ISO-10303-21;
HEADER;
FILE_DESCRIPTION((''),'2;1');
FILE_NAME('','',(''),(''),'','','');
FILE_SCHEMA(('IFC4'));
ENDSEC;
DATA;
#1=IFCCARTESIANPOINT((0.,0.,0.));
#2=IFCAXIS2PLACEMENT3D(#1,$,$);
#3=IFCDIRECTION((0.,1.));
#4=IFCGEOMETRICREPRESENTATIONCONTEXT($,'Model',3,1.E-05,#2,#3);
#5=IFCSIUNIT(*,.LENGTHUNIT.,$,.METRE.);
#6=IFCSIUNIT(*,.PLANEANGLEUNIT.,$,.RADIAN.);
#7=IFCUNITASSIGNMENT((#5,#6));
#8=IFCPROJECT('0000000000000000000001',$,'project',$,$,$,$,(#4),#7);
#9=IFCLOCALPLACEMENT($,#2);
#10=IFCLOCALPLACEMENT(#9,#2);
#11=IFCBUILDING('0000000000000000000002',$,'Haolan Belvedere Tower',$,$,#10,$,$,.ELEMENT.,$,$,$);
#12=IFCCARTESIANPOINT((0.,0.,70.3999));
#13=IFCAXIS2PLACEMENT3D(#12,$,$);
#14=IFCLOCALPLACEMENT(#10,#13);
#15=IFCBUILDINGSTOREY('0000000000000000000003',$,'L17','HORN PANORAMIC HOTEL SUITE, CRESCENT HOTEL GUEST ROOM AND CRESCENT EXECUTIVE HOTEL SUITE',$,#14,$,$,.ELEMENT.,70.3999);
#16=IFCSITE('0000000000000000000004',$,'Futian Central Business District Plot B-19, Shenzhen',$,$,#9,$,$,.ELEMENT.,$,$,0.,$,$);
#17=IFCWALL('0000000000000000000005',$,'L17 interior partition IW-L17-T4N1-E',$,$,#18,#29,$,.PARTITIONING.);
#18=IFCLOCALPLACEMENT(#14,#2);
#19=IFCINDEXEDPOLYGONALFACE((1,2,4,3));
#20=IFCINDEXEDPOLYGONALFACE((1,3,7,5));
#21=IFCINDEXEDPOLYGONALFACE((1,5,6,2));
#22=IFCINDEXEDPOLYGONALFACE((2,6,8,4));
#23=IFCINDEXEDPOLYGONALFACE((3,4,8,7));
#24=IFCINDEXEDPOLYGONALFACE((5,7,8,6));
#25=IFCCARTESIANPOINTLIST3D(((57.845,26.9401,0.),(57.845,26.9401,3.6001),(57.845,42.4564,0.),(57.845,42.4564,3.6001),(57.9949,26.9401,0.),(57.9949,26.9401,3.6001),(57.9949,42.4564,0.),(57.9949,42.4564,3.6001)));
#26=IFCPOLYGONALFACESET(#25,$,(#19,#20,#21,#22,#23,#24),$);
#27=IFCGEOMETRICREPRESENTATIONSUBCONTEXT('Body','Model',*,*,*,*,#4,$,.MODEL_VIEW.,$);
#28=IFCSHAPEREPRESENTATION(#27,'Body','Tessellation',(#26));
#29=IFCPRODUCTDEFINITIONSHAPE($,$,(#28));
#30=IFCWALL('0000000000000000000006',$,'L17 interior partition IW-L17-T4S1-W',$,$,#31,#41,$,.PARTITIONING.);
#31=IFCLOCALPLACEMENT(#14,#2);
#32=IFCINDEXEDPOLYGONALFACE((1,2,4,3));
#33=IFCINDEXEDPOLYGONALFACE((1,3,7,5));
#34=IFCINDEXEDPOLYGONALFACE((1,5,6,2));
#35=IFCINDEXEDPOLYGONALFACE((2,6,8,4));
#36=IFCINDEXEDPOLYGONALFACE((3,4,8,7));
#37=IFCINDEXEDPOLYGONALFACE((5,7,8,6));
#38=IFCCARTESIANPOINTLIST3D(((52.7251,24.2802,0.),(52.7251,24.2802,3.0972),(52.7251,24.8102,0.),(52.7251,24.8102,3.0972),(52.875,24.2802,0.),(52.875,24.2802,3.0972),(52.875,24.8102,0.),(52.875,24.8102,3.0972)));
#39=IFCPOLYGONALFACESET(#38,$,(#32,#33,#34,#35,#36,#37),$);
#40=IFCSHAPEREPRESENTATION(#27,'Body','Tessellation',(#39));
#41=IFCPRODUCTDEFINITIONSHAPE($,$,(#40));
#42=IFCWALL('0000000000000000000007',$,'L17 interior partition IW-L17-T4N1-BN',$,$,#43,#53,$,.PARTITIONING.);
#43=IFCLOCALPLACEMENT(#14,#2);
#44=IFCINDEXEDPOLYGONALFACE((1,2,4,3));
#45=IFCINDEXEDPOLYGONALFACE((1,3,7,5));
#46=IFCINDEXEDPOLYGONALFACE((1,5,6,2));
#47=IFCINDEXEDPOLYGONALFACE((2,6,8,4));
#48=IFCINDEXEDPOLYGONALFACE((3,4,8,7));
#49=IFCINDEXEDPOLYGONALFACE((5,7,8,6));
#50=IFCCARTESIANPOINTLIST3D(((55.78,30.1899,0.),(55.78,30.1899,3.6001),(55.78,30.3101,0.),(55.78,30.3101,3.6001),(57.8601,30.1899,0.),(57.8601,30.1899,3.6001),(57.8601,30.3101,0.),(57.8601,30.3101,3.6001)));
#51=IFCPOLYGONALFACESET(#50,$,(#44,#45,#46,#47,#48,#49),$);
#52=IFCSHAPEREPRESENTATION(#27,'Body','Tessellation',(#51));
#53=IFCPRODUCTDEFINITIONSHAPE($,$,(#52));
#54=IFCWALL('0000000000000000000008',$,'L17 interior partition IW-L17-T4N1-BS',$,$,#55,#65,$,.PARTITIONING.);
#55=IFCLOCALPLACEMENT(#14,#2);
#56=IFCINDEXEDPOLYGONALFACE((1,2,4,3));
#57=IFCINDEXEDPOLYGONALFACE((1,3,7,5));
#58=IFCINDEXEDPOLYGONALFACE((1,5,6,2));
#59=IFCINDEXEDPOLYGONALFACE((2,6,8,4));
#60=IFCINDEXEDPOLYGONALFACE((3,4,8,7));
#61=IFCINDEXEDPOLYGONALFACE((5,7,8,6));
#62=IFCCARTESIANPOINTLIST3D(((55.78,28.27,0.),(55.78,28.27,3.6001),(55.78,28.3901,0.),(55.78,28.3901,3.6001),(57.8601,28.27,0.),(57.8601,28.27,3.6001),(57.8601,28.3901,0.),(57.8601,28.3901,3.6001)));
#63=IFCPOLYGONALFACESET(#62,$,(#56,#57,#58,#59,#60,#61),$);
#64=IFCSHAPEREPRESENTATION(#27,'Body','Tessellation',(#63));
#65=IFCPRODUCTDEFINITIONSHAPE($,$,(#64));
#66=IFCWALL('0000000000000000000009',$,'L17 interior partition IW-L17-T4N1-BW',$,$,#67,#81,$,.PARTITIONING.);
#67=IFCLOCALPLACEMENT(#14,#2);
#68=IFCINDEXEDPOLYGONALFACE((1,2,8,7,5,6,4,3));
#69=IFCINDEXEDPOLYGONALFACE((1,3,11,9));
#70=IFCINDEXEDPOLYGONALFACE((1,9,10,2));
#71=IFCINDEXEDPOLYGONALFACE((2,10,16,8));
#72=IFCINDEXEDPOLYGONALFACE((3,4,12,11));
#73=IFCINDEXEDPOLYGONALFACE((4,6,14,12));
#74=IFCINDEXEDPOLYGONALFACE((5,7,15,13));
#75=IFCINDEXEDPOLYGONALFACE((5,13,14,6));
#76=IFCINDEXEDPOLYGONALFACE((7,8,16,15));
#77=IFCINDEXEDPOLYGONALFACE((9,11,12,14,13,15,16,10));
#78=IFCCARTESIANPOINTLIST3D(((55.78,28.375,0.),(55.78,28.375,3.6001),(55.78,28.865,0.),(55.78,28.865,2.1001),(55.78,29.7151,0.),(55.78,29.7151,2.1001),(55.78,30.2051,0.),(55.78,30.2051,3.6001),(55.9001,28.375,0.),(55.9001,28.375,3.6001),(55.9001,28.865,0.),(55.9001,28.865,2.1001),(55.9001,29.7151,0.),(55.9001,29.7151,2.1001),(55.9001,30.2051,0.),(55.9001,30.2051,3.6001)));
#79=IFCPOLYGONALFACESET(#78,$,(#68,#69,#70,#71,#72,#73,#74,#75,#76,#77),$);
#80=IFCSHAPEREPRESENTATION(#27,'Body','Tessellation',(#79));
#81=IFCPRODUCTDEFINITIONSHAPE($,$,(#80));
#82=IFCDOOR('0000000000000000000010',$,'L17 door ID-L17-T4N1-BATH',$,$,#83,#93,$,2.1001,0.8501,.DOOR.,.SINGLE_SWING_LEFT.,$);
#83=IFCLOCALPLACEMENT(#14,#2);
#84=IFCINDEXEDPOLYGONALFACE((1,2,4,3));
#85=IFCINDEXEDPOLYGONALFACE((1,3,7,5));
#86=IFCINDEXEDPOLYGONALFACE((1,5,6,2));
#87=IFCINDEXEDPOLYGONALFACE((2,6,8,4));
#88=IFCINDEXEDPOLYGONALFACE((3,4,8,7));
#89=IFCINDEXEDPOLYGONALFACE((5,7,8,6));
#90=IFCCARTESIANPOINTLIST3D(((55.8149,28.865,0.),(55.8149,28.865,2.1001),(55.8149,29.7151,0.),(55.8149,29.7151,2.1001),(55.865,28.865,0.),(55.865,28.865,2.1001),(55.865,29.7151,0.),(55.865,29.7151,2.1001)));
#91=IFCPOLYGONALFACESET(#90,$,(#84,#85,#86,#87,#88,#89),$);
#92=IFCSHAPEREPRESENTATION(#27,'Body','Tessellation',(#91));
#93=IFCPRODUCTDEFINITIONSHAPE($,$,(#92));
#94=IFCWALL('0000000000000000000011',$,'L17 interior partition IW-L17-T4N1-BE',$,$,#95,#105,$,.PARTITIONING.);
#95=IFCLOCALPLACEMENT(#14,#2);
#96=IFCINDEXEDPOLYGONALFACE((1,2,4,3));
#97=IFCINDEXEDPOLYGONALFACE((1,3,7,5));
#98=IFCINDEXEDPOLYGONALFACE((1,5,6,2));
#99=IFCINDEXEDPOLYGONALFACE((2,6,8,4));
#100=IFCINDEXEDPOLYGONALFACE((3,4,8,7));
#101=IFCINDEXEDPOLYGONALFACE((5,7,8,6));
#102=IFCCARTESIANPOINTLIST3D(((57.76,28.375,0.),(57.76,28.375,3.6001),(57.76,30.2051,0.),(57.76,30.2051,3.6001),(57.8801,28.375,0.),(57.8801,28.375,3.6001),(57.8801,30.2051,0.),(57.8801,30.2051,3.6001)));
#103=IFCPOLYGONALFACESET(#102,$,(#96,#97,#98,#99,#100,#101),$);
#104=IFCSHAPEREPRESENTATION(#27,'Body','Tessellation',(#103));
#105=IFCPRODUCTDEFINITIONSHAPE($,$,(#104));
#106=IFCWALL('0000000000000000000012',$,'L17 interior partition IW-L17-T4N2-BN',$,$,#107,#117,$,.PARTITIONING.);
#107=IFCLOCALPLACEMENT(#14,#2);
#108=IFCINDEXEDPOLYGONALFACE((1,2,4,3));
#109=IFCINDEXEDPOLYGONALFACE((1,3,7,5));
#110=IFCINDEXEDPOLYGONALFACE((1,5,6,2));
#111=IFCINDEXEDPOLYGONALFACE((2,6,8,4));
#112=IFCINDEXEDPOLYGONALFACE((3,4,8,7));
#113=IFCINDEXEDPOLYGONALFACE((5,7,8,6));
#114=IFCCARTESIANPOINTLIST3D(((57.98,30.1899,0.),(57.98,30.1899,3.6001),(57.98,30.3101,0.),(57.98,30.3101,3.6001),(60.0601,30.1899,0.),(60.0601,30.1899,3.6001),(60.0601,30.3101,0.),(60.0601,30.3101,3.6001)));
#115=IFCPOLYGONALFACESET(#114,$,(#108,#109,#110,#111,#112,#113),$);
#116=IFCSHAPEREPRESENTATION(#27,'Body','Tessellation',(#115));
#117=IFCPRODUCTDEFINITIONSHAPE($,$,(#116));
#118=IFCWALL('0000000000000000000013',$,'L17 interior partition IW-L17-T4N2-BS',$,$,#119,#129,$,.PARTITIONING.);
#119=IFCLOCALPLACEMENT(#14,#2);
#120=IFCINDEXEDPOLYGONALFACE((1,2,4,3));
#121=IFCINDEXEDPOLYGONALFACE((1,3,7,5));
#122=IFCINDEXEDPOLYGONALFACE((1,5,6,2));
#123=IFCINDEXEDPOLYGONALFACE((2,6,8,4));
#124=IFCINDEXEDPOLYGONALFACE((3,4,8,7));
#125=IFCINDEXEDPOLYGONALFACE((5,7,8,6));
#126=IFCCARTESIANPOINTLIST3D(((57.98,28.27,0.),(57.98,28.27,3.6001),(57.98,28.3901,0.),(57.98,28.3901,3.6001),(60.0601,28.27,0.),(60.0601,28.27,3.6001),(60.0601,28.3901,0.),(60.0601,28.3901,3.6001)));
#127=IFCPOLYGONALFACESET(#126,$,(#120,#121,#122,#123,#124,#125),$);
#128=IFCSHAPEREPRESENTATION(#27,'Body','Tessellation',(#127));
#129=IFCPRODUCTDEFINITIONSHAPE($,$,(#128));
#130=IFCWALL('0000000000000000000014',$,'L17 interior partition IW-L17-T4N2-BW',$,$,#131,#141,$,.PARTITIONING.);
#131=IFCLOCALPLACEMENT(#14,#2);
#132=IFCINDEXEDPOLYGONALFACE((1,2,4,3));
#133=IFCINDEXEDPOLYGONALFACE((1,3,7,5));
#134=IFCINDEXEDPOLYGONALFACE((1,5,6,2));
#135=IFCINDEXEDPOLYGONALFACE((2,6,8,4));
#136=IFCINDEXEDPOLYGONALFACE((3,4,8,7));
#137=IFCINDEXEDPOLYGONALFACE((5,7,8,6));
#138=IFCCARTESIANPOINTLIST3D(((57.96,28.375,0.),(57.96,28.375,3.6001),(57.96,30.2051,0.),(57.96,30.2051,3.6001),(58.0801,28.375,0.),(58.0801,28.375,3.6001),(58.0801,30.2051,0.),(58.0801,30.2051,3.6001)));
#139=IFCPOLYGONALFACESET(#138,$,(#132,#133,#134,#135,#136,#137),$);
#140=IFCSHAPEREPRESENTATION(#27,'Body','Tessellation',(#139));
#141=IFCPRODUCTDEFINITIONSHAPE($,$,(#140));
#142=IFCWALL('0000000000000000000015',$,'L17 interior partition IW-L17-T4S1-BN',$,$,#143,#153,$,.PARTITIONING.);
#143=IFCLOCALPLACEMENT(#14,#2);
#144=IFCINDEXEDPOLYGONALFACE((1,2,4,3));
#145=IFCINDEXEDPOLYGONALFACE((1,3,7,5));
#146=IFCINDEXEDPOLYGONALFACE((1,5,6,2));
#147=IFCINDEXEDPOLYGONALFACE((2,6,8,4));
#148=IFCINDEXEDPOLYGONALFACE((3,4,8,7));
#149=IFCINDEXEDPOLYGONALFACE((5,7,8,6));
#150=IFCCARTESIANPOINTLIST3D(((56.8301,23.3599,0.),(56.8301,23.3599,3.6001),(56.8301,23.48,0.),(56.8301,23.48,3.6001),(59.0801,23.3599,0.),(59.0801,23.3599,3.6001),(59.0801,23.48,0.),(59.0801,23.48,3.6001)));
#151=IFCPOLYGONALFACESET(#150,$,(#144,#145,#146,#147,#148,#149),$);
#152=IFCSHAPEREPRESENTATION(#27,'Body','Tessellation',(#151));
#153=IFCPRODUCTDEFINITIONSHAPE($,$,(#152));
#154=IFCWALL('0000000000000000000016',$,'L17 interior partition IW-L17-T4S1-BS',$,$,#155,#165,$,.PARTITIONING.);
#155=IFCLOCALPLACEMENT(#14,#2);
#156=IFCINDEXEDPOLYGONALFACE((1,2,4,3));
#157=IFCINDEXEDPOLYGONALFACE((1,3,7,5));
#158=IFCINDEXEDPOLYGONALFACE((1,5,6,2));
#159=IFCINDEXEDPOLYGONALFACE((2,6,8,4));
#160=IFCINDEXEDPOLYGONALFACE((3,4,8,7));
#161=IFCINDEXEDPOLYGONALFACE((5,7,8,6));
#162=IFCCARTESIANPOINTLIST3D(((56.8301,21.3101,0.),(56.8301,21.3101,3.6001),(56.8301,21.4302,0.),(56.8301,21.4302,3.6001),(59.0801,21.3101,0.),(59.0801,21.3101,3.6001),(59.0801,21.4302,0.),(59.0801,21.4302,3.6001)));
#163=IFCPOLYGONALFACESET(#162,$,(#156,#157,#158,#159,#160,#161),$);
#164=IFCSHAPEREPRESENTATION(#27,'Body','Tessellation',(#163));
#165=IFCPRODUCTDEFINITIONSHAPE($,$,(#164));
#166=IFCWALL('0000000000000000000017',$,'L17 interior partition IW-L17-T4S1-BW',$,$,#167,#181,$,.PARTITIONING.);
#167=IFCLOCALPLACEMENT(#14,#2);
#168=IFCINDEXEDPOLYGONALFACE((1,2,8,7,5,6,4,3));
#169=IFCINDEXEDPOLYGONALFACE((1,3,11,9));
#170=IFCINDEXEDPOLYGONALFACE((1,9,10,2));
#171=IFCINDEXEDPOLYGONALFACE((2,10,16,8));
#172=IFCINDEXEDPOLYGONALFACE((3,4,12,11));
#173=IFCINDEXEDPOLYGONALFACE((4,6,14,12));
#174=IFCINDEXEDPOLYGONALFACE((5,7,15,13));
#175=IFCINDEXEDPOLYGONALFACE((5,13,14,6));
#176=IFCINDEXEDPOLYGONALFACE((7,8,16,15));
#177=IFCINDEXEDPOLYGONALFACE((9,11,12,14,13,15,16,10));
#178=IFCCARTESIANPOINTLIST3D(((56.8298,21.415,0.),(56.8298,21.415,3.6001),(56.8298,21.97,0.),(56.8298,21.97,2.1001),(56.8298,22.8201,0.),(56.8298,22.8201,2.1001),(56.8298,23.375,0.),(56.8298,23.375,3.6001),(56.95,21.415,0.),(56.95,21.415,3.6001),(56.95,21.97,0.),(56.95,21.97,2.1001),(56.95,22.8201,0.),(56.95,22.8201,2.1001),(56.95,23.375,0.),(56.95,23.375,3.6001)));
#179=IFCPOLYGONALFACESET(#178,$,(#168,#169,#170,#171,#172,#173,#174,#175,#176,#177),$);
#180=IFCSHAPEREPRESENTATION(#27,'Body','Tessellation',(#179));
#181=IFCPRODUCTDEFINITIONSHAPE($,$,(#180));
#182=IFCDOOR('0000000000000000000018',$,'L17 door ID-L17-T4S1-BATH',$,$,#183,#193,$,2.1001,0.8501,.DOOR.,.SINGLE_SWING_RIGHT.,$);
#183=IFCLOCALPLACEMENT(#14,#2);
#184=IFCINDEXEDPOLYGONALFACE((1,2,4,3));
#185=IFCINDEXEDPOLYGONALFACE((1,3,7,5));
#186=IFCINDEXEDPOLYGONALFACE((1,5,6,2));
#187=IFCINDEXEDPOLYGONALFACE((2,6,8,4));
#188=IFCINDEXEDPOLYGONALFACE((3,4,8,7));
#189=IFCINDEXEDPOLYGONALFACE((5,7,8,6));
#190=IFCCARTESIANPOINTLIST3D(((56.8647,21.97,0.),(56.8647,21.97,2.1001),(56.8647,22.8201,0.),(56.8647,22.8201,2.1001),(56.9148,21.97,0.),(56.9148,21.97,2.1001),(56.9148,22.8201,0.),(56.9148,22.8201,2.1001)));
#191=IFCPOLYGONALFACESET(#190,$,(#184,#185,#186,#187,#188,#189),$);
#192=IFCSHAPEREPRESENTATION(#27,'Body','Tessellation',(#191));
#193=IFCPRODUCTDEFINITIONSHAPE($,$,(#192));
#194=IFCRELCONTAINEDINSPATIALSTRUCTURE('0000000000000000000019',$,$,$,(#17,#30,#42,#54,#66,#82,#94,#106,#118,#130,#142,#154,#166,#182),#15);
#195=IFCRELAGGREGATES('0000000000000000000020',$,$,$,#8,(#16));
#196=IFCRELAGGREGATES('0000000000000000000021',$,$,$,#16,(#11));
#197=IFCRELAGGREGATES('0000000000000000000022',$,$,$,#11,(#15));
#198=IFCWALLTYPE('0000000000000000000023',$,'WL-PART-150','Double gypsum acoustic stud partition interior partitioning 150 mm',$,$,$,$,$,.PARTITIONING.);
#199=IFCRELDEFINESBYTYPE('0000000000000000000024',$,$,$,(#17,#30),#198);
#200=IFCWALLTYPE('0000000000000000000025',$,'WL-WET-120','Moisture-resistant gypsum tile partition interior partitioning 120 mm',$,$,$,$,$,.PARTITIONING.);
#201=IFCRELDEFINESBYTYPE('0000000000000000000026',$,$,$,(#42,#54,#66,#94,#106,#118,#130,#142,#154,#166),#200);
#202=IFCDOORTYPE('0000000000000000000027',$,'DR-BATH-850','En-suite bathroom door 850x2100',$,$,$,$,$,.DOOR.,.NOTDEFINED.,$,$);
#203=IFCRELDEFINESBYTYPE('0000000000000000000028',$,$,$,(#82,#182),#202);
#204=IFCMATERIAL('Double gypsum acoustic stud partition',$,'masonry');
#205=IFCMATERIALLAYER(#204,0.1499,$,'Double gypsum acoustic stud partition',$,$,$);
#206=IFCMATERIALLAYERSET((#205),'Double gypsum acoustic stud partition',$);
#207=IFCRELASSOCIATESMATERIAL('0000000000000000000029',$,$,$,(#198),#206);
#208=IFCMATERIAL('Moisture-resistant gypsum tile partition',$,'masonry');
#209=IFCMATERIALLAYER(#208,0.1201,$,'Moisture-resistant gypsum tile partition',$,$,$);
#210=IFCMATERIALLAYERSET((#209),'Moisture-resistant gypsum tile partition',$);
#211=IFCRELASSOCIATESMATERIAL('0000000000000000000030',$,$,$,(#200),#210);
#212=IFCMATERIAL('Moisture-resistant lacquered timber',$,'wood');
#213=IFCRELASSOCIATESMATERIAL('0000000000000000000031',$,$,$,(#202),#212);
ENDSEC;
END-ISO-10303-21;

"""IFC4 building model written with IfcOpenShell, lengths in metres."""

from ifc_helpers import new_model, si_unit, direction, frame, frame_2d, origin, place, context, subcontext, project, spatial, rectangle, extrude, material, layer, layer_set, type_object, element, fill, save


model = new_model("IFC4")

# Units and contexts
model_context = context("Model", 3, precision=1e-05, world=origin(), true_north=direction((0.0, 1.0)))
body_context = subcontext(model_context, "Body", "Model", "MODEL_VIEW")
ifc_project = project(units=[si_unit("LENGTHUNIT", "METRE"), si_unit("PLANEANGLEUNIT", "RADIAN")], contexts=[model_context])

# Site, building, storey
site_placement = place(None, origin())
site = spatial("IfcSite", under=ifc_project, at=site_placement, Name="Futian Central Business District Plot B-19, Shenzhen", CompositionType="ELEMENT", RefElevation=0.0)
building_placement = place(site_placement, origin())
building = spatial("IfcBuilding", under=site, at=building_placement, Name="Haolan Belvedere Tower", CompositionType="ELEMENT")
storey_placement = place(building_placement, frame((0.0, 0.0, 70.3999)))
storey = spatial("IfcBuildingStorey", under=building, at=storey_placement, Name="L17", Description="HORN PANORAMIC HOTEL SUITE, CRESCENT HOTEL GUEST ROOM AND CRESCENT EXECUTIVE HOTEL SUITE", CompositionType="ELEMENT", Elevation=70.3999)

# Wall
ifc_material_1 = material(Name="Double gypsum acoustic stud partition", Category="masonry")
ifc_layer_1 = layer(ifc_material_1, 0.1499, Name="Double gypsum acoustic stud partition")
ifc_layer_set_1 = layer_set([ifc_layer_1], Name="Double gypsum acoustic stud partition")
wall_type_1 = type_object("IfcWallType", Name="WL-PART-150", Description="Double gypsum acoustic stud partition interior partitioning 150 mm", PredefinedType="PARTITIONING", material=ifc_layer_set_1)
wall_1_placement = place(storey_placement, frame((57.9199, 26.9399, 0.0), z_axis=(0.0, 0.0, 1.0), x_axis=(0.0, 1.0, 0.0)))
element("IfcWall", 1, at=wall_1_placement, inside=storey, type_object=wall_type_1, Name="L17 interior partition IW-L17-T4N1-E", PredefinedType="PARTITIONING", context=body_context, shape_type="SweptSolid", body=[
    extrude(rectangle(XDim=15.5164, YDim=0.1499, at=frame_2d((7.7583, 0.0))), origin(), (0.0, 0.0, 1.0), 3.6001),
])

# Walls
wall_2_placement = place(storey_placement, frame((52.8, 24.28, 0.0), z_axis=(0.0, 0.0, 1.0), x_axis=(0.0, 1.0, 0.0)))
element("IfcWall", 2, at=wall_2_placement, inside=storey, type_object=wall_type_1, Name="L17 interior partition IW-L17-T4S1-W", PredefinedType="PARTITIONING", context=body_context, shape_type="SweptSolid", body=[
    extrude(rectangle(XDim=0.53, YDim=0.1499, at=frame_2d((0.2651, 0.0))), origin(), (0.0, 0.0, 1.0), 3.0972),
])
ifc_material_2 = material(Name="Moisture-resistant gypsum tile partition", Category="masonry")
ifc_layer_2 = layer(ifc_material_2, 0.1201, Name="Moisture-resistant gypsum tile partition")
ifc_layer_set_2 = layer_set([ifc_layer_2], Name="Moisture-resistant gypsum tile partition")
wall_type_2 = type_object("IfcWallType", Name="WL-WET-120", Description="Moisture-resistant gypsum tile partition interior partitioning 120 mm", PredefinedType="PARTITIONING", material=ifc_layer_set_2)
for number, where, z_axis, x_axis, name in (
    (3, (55.78, 30.25, 0.0), (0.0, 0.0, 1.0), (1.0, 0.0, 0.0), "L17 interior partition IW-L17-T4N1-BN"),
    (4, (55.78, 28.3301, 0.0), (0.0, 0.0, 1.0), (1.0, 0.0, 0.0), "L17 interior partition IW-L17-T4N1-BS"),
):
    element("IfcWall", number, at=place(storey_placement, frame(where, z_axis=z_axis, x_axis=x_axis)), inside=storey, type_object=wall_type_2, Name=name, PredefinedType="PARTITIONING", context=body_context, shape_type="SweptSolid", body=[
        extrude(rectangle(XDim=2.0801, YDim=0.1201, at=frame_2d((1.04, 0.0))), origin(), (0.0, 0.0, 1.0), 3.6001),
    ])

# Wall, opening, door
wall_3_placement = place(storey_placement, frame((55.8401, 28.375, 0.0), z_axis=(0.0, 0.0, 1.0), x_axis=(0.0, 1.0, 0.0)))
wall_3 = element("IfcWall", 5, at=wall_3_placement, inside=storey, type_object=wall_type_2, Name="L17 interior partition IW-L17-T4N1-BW", PredefinedType="PARTITIONING", context=body_context, shape_type="SweptSolid", body=[
    extrude(rectangle(XDim=1.8301, YDim=0.1201, at=frame_2d((0.915, 0.0))), origin(), (0.0, 0.0, 1.0), 3.6001),
])
opening_1_placement = place(wall_3_placement, frame((1.3401, 0.0, 0.0), z_axis=(0.0, 0.0, 1.0), x_axis=(-1.0, 0.0, 0.0)))
opening_1 = element("IfcOpeningElement", 6, at=opening_1_placement, cuts=wall_3, PredefinedType="OPENING", context=body_context, shape_type="SweptSolid", body=[
    extrude(rectangle(XDim=0.8501, YDim=2.1001, at=frame_2d((0.425, 1.05))), frame((0.0, 0.0701, 0.0), z_axis=(0.0, -1.0, 0.0), x_axis=(1.0, 0.0, 0.0)), (0.0, 0.0, 1.0), 0.1401),
])
ifc_material_3 = material(Name="Moisture-resistant lacquered timber", Category="wood")
door_type_1 = type_object("IfcDoorType", Name="DR-BATH-850", Description="En-suite bathroom door 850x2100", OperationType="NOTDEFINED", PredefinedType="DOOR", material=ifc_material_3)
door_1_placement = place(opening_1_placement, origin())
door_1 = element("IfcDoor", 7, at=door_1_placement, inside=storey, type_object=door_type_1, Name="L17 door ID-L17-T4N1-BATH", OperationType="SINGLE_SWING_LEFT", OverallHeight=2.1001, OverallWidth=0.8501, PredefinedType="DOOR", context=body_context, shape_type="SweptSolid", body=[
    extrude(rectangle(XDim=0.8501, YDim=2.1001, at=frame_2d((0.425, 1.05))), frame((0.0, 0.0249, 0.0), z_axis=(0.0, -1.0, 0.0), x_axis=(1.0, 0.0, 0.0)), (0.0, 0.0, 1.0), 0.05),
])
fill(opening_1, door_1)

# Walls
wall_4_placement = place(storey_placement, frame((57.8201, 28.375, 0.0), z_axis=(0.0, 0.0, 1.0), x_axis=(0.0, 1.0, 0.0)))
element("IfcWall", 8, at=wall_4_placement, inside=storey, type_object=wall_type_2, Name="L17 interior partition IW-L17-T4N1-BE", PredefinedType="PARTITIONING", context=body_context, shape_type="SweptSolid", body=[
    extrude(rectangle(XDim=1.8301, YDim=0.1201, at=frame_2d((0.915, 0.0))), origin(), (0.0, 0.0, 1.0), 3.6001),
])
for number, where, z_axis, x_axis, name in (
    (9, (57.98, 30.25, 0.0), (0.0, 0.0, 1.0), (1.0, 0.0, 0.0), "L17 interior partition IW-L17-T4N2-BN"),
    (10, (57.98, 28.3301, 0.0), (0.0, 0.0, 1.0), (1.0, 0.0, 0.0), "L17 interior partition IW-L17-T4N2-BS"),
):
    element("IfcWall", number, at=place(storey_placement, frame(where, z_axis=z_axis, x_axis=x_axis)), inside=storey, type_object=wall_type_2, Name=name, PredefinedType="PARTITIONING", context=body_context, shape_type="SweptSolid", body=[
        extrude(rectangle(XDim=2.0801, YDim=0.1201, at=frame_2d((1.04, 0.0))), origin(), (0.0, 0.0, 1.0), 3.6001),
    ])
wall_5_placement = place(storey_placement, frame((58.02, 28.375, 0.0), z_axis=(0.0, 0.0, 1.0), x_axis=(0.0, 1.0, 0.0)))
element("IfcWall", 11, at=wall_5_placement, inside=storey, type_object=wall_type_2, Name="L17 interior partition IW-L17-T4N2-BW", PredefinedType="PARTITIONING", context=body_context, shape_type="SweptSolid", body=[
    extrude(rectangle(XDim=1.8301, YDim=0.1201, at=frame_2d((0.915, 0.0))), origin(), (0.0, 0.0, 1.0), 3.6001),
])
for number, where, z_axis, x_axis, name in (
    (12, (56.8301, 23.4199, 0.0), (0.0, 0.0, 1.0), (1.0, 0.0, 0.0), "L17 interior partition IW-L17-T4S1-BN"),
    (13, (56.8301, 21.3701, 0.0), (0.0, 0.0, 1.0), (1.0, 0.0, 0.0), "L17 interior partition IW-L17-T4S1-BS"),
):
    element("IfcWall", number, at=place(storey_placement, frame(where, z_axis=z_axis, x_axis=x_axis)), inside=storey, type_object=wall_type_2, Name=name, PredefinedType="PARTITIONING", context=body_context, shape_type="SweptSolid", body=[
        extrude(rectangle(XDim=2.25, YDim=0.1201, at=frame_2d((1.125, 0.0))), origin(), (0.0, 0.0, 1.0), 3.6001),
    ])

# Wall, opening, door
wall_6_placement = place(storey_placement, frame((56.8899, 21.415, 0.0), z_axis=(0.0, 0.0, 1.0), x_axis=(0.0, 1.0, 0.0)))
wall_6 = element("IfcWall", 14, at=wall_6_placement, inside=storey, type_object=wall_type_2, Name="L17 interior partition IW-L17-T4S1-BW", PredefinedType="PARTITIONING", context=body_context, shape_type="SweptSolid", body=[
    extrude(rectangle(XDim=1.96, YDim=0.1201, at=frame_2d((0.98, 0.0))), origin(), (0.0, 0.0, 1.0), 3.6001),
])
opening_2_placement = place(wall_6_placement, frame((1.405, 0.0, 0.0), z_axis=(0.0, 0.0, 1.0), x_axis=(-1.0, 0.0, 0.0)))
opening_2 = element("IfcOpeningElement", 15, at=opening_2_placement, cuts=wall_6, PredefinedType="OPENING", context=body_context, shape_type="SweptSolid", body=[
    extrude(rectangle(XDim=0.8501, YDim=2.1001, at=frame_2d((0.425, 1.05))), frame((0.0, 0.0701, 0.0), z_axis=(0.0, -1.0, 0.0), x_axis=(1.0, 0.0, 0.0)), (0.0, 0.0, 1.0), 0.1401),
])
door_2_placement = place(opening_2_placement, origin())
door_2 = element("IfcDoor", 16, at=door_2_placement, inside=storey, type_object=door_type_1, Name="L17 door ID-L17-T4S1-BATH", OperationType="SINGLE_SWING_RIGHT", OverallHeight=2.1001, OverallWidth=0.8501, PredefinedType="DOOR", context=body_context, shape_type="SweptSolid", body=[
    extrude(rectangle(XDim=0.8501, YDim=2.1001, at=frame_2d((0.425, 1.05))), frame((0.0, 0.0249, 0.0), z_axis=(0.0, -1.0, 0.0), x_axis=(1.0, 0.0, 0.0)), (0.0, 0.0, 1.0), 0.05),
])
fill(opening_2, door_2)

save(model, "model.ifc")
